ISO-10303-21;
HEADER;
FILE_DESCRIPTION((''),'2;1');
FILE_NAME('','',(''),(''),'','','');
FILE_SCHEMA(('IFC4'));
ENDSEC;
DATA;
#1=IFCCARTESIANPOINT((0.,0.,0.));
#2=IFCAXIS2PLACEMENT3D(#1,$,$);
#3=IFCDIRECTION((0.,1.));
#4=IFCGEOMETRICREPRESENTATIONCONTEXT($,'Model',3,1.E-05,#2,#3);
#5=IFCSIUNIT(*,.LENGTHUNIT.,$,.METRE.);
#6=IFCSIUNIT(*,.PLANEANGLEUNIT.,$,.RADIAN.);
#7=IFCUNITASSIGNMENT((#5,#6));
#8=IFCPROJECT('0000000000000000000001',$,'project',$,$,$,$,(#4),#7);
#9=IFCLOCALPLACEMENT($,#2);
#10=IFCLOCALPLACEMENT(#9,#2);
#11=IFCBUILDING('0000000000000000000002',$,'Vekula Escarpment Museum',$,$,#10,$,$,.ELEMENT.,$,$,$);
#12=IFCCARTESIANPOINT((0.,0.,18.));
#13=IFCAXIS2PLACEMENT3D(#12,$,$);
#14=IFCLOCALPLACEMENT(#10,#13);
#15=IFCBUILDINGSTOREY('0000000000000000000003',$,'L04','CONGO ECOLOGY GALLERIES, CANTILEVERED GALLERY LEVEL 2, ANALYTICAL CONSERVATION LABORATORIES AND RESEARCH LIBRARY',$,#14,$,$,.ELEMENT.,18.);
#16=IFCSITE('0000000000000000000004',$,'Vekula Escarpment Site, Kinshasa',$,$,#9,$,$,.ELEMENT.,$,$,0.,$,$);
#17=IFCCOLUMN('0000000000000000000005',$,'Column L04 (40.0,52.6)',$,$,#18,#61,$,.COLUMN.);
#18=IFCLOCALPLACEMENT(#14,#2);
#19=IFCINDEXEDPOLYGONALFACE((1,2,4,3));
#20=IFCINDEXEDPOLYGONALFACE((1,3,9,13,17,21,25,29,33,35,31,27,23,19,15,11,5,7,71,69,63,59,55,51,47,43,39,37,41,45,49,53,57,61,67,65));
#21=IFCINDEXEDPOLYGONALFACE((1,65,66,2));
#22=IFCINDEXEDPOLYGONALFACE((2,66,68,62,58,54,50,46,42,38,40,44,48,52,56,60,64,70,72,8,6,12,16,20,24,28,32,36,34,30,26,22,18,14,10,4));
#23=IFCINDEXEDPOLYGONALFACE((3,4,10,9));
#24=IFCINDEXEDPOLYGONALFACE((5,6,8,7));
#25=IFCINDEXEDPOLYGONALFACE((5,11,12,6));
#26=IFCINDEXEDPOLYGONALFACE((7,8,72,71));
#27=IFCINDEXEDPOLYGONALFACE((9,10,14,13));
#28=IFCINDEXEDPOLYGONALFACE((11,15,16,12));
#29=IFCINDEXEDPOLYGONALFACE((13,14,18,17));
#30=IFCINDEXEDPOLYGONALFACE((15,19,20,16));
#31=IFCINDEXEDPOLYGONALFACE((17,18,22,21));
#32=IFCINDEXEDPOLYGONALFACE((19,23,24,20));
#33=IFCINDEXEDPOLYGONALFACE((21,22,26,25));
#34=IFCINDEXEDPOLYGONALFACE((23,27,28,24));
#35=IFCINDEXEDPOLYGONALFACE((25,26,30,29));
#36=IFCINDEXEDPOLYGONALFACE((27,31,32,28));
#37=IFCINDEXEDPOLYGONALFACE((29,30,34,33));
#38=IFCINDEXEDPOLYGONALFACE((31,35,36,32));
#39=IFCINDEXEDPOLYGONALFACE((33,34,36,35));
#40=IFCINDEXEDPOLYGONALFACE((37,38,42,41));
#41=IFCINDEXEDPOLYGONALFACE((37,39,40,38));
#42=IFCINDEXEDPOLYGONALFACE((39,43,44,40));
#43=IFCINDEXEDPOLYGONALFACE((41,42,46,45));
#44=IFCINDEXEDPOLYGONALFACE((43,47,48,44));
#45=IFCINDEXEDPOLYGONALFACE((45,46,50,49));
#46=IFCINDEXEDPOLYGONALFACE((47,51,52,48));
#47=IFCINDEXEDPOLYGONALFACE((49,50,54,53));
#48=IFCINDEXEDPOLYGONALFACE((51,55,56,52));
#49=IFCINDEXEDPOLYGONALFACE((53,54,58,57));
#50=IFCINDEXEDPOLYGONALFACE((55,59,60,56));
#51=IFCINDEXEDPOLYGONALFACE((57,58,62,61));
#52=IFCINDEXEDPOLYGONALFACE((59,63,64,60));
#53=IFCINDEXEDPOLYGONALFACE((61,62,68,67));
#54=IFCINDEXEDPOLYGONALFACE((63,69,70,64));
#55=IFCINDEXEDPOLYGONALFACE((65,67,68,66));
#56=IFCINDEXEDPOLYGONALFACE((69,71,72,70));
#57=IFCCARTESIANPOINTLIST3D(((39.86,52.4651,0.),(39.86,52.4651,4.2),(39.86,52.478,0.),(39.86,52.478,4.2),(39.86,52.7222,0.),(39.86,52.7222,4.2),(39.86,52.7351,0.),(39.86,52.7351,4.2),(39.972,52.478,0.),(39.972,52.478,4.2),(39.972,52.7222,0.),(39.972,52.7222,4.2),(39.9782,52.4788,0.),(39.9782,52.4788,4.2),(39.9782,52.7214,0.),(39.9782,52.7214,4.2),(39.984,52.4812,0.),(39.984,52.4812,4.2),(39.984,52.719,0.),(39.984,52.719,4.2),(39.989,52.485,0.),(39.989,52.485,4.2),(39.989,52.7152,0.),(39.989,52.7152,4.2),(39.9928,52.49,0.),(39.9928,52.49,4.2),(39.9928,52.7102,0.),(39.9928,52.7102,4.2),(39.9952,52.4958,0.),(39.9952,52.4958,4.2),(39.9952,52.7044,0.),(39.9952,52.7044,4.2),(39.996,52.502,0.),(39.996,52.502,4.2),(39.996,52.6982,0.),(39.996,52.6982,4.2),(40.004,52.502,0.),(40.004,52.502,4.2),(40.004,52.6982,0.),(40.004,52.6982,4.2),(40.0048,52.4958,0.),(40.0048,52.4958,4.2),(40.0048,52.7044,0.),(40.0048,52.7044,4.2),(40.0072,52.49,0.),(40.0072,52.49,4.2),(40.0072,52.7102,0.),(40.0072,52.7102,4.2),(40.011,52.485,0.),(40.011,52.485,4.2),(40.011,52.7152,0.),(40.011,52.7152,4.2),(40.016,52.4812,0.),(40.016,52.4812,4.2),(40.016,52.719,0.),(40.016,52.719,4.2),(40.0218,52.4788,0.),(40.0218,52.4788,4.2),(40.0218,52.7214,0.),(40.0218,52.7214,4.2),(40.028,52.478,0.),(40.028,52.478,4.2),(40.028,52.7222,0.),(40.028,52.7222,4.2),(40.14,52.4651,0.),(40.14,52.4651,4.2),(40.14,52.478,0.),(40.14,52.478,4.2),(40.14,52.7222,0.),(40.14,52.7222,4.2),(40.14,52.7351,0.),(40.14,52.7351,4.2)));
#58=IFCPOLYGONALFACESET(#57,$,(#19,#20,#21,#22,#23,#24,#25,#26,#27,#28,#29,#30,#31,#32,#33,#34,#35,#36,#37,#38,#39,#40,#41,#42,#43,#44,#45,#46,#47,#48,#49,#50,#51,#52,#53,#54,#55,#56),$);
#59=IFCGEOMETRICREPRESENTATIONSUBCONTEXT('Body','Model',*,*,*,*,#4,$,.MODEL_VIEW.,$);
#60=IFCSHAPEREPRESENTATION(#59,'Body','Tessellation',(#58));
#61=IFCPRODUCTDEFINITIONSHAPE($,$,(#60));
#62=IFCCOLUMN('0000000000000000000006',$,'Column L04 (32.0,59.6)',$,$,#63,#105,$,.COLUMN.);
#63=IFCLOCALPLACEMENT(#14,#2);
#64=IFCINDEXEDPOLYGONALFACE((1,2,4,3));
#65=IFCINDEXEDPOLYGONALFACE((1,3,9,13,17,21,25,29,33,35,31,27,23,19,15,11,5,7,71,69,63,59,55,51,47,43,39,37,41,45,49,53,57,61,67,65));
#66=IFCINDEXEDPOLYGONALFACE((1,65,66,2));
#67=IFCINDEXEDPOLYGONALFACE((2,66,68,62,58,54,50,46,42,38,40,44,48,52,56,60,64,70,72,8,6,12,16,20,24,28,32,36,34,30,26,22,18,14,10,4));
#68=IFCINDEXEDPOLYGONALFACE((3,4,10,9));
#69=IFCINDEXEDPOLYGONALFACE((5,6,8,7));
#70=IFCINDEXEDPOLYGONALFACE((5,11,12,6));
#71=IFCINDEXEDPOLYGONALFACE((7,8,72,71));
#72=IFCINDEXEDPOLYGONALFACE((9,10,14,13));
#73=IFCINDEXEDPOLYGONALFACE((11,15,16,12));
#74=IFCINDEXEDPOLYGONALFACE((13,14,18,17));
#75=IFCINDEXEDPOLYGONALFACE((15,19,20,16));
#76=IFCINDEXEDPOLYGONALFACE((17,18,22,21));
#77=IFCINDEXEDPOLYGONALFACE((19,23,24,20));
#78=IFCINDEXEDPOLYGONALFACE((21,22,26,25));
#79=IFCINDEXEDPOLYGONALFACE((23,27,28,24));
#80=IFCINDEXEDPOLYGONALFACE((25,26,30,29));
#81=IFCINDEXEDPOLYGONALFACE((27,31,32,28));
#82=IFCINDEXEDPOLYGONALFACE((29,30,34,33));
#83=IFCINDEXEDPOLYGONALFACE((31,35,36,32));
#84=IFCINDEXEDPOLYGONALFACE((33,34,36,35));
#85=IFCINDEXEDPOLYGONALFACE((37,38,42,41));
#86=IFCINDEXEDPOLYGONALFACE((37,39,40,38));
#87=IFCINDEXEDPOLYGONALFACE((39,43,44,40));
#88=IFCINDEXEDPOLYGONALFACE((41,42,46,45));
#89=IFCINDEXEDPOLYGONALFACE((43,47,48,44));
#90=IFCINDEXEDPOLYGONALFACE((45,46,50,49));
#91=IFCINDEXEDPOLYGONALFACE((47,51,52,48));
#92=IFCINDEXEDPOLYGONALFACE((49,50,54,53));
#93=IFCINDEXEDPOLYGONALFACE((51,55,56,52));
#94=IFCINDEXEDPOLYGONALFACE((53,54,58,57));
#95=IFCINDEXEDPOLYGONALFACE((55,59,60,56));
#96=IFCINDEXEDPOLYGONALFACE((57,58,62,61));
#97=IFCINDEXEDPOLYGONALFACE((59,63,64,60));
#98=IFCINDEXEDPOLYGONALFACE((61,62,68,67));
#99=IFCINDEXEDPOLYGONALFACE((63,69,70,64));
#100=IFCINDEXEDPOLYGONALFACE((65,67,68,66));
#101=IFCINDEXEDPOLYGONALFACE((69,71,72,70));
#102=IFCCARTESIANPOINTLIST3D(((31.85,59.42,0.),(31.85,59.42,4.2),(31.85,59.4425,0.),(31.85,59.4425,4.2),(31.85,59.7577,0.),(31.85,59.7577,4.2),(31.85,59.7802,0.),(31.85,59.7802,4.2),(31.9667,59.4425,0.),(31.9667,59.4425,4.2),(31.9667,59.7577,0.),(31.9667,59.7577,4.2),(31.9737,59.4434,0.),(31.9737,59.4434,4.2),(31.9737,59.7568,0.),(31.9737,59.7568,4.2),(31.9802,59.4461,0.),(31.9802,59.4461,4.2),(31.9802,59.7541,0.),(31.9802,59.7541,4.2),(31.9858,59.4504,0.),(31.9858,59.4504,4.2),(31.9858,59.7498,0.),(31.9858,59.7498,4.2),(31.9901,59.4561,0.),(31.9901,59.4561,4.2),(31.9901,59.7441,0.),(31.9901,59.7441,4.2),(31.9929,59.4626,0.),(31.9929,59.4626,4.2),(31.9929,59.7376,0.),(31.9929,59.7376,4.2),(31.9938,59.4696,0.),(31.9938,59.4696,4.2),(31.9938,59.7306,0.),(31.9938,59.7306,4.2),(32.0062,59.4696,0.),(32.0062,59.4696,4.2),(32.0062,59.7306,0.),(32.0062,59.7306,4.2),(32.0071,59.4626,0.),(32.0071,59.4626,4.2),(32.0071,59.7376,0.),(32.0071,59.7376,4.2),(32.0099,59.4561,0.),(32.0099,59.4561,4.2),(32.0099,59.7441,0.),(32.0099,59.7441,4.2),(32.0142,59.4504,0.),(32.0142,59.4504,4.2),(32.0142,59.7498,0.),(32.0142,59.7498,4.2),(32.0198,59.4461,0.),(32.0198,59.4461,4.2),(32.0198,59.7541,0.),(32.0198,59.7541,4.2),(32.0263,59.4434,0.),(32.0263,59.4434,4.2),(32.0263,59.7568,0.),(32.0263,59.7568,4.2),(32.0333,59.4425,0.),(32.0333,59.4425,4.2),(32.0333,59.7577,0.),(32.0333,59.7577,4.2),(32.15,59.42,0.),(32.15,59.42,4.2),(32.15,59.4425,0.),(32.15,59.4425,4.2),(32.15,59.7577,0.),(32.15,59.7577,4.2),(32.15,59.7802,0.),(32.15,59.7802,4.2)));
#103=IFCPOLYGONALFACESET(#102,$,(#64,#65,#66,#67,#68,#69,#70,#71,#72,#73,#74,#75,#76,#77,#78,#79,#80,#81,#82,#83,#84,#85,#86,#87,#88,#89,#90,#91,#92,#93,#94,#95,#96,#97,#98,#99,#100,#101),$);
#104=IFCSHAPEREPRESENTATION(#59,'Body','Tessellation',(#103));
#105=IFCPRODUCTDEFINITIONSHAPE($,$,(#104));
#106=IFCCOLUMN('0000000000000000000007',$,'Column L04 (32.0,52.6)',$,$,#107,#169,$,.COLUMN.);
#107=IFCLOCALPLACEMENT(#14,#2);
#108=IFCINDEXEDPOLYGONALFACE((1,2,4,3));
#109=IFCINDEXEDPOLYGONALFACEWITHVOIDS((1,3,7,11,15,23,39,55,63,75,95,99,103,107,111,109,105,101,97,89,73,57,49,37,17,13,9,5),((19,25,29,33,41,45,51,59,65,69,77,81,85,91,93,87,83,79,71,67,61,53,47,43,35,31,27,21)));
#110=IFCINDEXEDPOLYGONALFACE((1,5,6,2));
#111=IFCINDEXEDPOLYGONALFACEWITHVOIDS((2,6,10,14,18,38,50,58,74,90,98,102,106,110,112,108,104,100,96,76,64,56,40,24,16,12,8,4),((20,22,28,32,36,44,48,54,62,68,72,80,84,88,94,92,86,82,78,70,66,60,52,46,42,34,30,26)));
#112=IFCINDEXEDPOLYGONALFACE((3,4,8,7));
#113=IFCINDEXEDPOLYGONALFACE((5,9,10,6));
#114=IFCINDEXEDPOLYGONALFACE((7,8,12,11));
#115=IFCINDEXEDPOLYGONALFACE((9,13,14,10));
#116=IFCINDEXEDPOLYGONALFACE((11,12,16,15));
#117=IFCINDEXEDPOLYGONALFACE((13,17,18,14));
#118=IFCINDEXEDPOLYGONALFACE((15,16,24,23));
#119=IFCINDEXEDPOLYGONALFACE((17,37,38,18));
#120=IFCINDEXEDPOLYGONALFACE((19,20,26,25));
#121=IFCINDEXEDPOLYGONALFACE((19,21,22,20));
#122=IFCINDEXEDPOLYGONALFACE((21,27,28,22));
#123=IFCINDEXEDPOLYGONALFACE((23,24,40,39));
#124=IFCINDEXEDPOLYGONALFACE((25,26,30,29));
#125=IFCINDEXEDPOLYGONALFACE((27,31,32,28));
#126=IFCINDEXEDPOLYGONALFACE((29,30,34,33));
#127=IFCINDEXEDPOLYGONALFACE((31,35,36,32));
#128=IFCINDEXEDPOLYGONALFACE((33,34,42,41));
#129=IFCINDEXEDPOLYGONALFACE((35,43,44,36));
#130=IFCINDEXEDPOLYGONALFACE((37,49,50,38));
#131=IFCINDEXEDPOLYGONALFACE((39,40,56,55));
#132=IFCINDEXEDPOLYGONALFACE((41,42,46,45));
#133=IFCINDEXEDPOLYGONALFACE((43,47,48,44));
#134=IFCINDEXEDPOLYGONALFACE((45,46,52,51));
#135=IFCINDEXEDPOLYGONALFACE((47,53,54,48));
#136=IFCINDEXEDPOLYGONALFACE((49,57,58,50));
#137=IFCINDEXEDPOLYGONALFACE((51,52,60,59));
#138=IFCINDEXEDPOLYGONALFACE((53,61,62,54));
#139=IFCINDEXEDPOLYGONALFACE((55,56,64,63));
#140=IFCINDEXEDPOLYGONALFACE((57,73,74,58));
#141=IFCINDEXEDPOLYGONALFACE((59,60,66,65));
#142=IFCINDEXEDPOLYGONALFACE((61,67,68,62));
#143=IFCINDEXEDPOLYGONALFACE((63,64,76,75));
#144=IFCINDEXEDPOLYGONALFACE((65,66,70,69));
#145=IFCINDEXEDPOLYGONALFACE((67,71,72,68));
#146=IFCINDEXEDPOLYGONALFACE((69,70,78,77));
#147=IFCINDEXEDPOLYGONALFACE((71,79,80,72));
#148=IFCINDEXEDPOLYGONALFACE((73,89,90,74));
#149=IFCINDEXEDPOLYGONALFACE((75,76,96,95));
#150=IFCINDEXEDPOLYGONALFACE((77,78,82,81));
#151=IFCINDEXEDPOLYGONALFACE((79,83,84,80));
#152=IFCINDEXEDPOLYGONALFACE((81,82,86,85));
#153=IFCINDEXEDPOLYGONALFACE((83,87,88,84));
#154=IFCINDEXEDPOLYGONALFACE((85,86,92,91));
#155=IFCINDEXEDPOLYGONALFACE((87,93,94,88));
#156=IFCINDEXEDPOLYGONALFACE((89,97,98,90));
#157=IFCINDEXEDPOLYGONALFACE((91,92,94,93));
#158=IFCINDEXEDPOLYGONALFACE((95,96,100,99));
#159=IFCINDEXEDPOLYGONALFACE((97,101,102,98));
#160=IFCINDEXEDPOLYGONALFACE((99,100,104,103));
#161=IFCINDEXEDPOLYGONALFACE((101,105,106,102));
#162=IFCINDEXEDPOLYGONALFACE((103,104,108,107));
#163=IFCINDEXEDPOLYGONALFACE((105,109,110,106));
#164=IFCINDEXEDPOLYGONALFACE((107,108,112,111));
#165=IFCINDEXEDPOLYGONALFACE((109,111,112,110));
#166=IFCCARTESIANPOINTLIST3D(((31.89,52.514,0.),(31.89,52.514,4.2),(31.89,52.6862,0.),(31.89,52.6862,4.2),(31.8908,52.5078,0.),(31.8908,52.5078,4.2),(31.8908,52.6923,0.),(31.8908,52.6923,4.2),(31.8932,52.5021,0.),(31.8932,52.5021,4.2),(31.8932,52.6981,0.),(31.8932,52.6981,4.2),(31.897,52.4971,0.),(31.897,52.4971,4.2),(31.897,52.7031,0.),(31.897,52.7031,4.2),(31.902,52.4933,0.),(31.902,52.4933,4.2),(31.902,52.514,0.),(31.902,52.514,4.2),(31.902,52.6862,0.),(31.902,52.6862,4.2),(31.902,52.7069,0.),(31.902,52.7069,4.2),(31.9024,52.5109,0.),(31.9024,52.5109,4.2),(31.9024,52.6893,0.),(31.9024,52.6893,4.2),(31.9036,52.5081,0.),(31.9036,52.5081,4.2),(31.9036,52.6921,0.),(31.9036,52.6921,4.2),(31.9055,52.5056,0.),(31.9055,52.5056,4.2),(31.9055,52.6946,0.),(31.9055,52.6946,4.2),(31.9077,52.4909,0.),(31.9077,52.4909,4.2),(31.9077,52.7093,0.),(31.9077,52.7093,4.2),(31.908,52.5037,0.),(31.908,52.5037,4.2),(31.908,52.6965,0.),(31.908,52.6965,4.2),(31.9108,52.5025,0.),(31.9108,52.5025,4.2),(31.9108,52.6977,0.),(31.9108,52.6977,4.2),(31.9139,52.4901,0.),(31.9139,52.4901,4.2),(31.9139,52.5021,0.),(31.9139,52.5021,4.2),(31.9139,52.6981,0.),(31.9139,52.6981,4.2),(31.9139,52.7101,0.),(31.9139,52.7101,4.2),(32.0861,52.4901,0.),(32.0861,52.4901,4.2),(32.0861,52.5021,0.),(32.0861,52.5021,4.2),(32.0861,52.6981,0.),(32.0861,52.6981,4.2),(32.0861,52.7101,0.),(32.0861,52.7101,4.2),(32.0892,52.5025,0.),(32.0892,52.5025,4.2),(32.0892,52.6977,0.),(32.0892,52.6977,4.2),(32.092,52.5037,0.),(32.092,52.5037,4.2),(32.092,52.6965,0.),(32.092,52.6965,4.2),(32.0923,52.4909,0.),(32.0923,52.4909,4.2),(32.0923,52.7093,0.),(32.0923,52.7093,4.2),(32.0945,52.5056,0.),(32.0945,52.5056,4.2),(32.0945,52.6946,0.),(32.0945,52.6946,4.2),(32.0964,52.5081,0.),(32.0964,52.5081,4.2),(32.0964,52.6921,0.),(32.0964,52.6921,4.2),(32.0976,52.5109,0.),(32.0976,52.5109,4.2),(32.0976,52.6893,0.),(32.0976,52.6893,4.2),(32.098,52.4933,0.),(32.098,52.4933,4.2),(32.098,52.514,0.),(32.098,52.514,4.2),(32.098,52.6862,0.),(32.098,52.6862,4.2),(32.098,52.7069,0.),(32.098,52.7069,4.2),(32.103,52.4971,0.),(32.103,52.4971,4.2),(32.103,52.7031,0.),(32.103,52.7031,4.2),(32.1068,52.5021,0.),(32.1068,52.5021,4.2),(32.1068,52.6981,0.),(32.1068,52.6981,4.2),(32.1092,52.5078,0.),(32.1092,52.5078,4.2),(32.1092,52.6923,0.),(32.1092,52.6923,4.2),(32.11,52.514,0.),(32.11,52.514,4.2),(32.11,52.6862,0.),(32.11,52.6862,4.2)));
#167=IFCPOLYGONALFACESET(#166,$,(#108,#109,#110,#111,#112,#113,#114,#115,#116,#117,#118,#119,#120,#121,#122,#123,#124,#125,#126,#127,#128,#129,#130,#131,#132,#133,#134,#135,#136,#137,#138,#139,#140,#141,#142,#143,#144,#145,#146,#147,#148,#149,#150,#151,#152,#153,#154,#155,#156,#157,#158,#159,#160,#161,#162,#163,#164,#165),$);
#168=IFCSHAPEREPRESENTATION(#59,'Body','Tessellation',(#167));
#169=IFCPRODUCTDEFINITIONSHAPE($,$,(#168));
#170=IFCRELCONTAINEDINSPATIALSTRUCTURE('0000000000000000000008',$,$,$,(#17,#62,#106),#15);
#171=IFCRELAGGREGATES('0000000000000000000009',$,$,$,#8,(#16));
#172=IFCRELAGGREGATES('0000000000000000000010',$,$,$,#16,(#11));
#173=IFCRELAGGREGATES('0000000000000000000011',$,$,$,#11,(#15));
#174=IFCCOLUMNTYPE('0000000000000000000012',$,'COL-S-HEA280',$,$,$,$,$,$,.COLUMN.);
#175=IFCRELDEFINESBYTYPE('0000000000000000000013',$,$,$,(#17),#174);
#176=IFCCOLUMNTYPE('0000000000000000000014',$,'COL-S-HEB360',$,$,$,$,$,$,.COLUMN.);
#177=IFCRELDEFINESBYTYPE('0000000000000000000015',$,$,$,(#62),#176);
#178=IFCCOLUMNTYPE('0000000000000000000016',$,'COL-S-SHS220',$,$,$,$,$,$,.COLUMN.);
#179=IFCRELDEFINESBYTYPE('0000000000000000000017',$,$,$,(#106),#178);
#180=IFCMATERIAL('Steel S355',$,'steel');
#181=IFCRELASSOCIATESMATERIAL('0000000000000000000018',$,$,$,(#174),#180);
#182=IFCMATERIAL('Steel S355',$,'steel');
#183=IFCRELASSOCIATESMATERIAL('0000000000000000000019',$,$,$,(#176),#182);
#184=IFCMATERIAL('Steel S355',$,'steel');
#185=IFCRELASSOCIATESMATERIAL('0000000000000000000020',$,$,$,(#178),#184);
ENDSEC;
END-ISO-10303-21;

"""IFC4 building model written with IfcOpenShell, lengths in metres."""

from ifc_helpers import new_model, si_unit, direction, frame, origin, origin_2d, place, context, subcontext, project, spatial, hollow_rectangle, i_section, extrude, material, material_profile, profile_set, type_object, element, save


model = new_model("IFC4")

# Units and contexts
model_context = context("Model", 3, precision=1e-05, world=origin(), true_north=direction((0.0, 1.0)))
body_context = subcontext(model_context, "Body", "Model", "MODEL_VIEW")
ifc_project = project(units=[si_unit("LENGTHUNIT", "METRE"), si_unit("PLANEANGLEUNIT", "RADIAN")], contexts=[model_context])

# Site, building, storey
site_placement = place(None, origin())
site = spatial("IfcSite", under=ifc_project, at=site_placement, Name="Vekula Escarpment Site, Kinshasa", CompositionType="ELEMENT", RefElevation=0.0)
building_placement = place(site_placement, origin())
building = spatial("IfcBuilding", under=site, at=building_placement, Name="Vekula Escarpment Museum", CompositionType="ELEMENT")
storey_placement = place(building_placement, frame((0.0, 0.0, 18.0)))
storey = spatial("IfcBuildingStorey", under=building, at=storey_placement, Name="L04", Description="CONGO ECOLOGY GALLERIES, CANTILEVERED GALLERY LEVEL 2, ANALYTICAL CONSERVATION LABORATORIES AND RESEARCH LIBRARY", CompositionType="ELEMENT", Elevation=18.0)

# Columns
ifc_material_1 = material(Name="Steel S355", Category="steel")
ifc_material_profile_1 = material_profile(ifc_material_1, i_section(OverallWidth=0.28, OverallDepth=0.27, WebThickness=0.0081, FlangeThickness=0.0129, FilletRadius=0.0239, at=origin_2d()), Name="HEA 280")
ifc_profile_set_1 = profile_set([ifc_material_profile_1], Name="Steel S355")
column_type_1 = type_object("IfcColumnType", Name="COL-S-HEA280", PredefinedType="COLUMN", material=ifc_profile_set_1)
column_1_placement = place(storey_placement, frame((40.0, 52.6001, 0.0), z_axis=(0.0, 0.0, 1.0), x_axis=(1.0, 0.0, 0.0)))
element("IfcColumn", 1, at=column_1_placement, inside=storey, type_object=column_type_1, Name="Column L04 (40.0,52.6)", PredefinedType="COLUMN", context=body_context, shape_type="SweptSolid", body=[
    extrude(i_section(OverallWidth=0.28, OverallDepth=0.27, WebThickness=0.0081, FlangeThickness=0.0129, FilletRadius=0.0239, at=origin_2d()), origin(), (0.0, 0.0, 1.0), 4.2),
])
ifc_material_2 = material(Name="Steel S355", Category="steel")
ifc_material_profile_2 = material_profile(ifc_material_2, i_section(OverallWidth=0.3, OverallDepth=0.3601, WebThickness=0.0125, FlangeThickness=0.0225, FilletRadius=0.0271, at=origin_2d()), Name="HEB 360")
ifc_profile_set_2 = profile_set([ifc_material_profile_2], Name="Steel S355")
column_type_2 = type_object("IfcColumnType", Name="COL-S-HEB360", PredefinedType="COLUMN", material=ifc_profile_set_2)
column_2_placement = place(storey_placement, frame((32.0, 59.6001, 0.0), z_axis=(0.0, 0.0, 1.0), x_axis=(1.0, 0.0, 0.0)))
element("IfcColumn", 2, at=column_2_placement, inside=storey, type_object=column_type_2, Name="Column L04 (32.0,59.6)", PredefinedType="COLUMN", context=body_context, shape_type="SweptSolid", body=[
    extrude(i_section(OverallWidth=0.3, OverallDepth=0.3601, WebThickness=0.0125, FlangeThickness=0.0225, FilletRadius=0.0271, at=origin_2d()), origin(), (0.0, 0.0, 1.0), 4.2),
])
ifc_material_3 = material(Name="Steel S355", Category="steel")
ifc_material_profile_3 = material_profile(ifc_material_3, hollow_rectangle(XDim=0.22, YDim=0.22, WallThickness=0.012, InnerFilletRadius=0.012, OuterFilletRadius=0.0239, at=origin_2d()), Name="SHS 220x220x12")
ifc_profile_set_3 = profile_set([ifc_material_profile_3], Name="Steel S355")
column_type_3 = type_object("IfcColumnType", Name="COL-S-SHS220", PredefinedType="COLUMN", material=ifc_profile_set_3)
column_3_placement = place(storey_placement, frame((32.0, 52.6001, 0.0), z_axis=(0.0, 0.0, 1.0), x_axis=(1.0, 0.0, 0.0)))
element("IfcColumn", 3, at=column_3_placement, inside=storey, type_object=column_type_3, Name="Column L04 (32.0,52.6)", PredefinedType="COLUMN", context=body_context, shape_type="SweptSolid", body=[
    extrude(hollow_rectangle(XDim=0.22, YDim=0.22, WallThickness=0.012, InnerFilletRadius=0.012, OuterFilletRadius=0.0239, at=origin_2d()), origin(), (0.0, 0.0, 1.0), 4.2),
])

save(model, "model.ifc")
